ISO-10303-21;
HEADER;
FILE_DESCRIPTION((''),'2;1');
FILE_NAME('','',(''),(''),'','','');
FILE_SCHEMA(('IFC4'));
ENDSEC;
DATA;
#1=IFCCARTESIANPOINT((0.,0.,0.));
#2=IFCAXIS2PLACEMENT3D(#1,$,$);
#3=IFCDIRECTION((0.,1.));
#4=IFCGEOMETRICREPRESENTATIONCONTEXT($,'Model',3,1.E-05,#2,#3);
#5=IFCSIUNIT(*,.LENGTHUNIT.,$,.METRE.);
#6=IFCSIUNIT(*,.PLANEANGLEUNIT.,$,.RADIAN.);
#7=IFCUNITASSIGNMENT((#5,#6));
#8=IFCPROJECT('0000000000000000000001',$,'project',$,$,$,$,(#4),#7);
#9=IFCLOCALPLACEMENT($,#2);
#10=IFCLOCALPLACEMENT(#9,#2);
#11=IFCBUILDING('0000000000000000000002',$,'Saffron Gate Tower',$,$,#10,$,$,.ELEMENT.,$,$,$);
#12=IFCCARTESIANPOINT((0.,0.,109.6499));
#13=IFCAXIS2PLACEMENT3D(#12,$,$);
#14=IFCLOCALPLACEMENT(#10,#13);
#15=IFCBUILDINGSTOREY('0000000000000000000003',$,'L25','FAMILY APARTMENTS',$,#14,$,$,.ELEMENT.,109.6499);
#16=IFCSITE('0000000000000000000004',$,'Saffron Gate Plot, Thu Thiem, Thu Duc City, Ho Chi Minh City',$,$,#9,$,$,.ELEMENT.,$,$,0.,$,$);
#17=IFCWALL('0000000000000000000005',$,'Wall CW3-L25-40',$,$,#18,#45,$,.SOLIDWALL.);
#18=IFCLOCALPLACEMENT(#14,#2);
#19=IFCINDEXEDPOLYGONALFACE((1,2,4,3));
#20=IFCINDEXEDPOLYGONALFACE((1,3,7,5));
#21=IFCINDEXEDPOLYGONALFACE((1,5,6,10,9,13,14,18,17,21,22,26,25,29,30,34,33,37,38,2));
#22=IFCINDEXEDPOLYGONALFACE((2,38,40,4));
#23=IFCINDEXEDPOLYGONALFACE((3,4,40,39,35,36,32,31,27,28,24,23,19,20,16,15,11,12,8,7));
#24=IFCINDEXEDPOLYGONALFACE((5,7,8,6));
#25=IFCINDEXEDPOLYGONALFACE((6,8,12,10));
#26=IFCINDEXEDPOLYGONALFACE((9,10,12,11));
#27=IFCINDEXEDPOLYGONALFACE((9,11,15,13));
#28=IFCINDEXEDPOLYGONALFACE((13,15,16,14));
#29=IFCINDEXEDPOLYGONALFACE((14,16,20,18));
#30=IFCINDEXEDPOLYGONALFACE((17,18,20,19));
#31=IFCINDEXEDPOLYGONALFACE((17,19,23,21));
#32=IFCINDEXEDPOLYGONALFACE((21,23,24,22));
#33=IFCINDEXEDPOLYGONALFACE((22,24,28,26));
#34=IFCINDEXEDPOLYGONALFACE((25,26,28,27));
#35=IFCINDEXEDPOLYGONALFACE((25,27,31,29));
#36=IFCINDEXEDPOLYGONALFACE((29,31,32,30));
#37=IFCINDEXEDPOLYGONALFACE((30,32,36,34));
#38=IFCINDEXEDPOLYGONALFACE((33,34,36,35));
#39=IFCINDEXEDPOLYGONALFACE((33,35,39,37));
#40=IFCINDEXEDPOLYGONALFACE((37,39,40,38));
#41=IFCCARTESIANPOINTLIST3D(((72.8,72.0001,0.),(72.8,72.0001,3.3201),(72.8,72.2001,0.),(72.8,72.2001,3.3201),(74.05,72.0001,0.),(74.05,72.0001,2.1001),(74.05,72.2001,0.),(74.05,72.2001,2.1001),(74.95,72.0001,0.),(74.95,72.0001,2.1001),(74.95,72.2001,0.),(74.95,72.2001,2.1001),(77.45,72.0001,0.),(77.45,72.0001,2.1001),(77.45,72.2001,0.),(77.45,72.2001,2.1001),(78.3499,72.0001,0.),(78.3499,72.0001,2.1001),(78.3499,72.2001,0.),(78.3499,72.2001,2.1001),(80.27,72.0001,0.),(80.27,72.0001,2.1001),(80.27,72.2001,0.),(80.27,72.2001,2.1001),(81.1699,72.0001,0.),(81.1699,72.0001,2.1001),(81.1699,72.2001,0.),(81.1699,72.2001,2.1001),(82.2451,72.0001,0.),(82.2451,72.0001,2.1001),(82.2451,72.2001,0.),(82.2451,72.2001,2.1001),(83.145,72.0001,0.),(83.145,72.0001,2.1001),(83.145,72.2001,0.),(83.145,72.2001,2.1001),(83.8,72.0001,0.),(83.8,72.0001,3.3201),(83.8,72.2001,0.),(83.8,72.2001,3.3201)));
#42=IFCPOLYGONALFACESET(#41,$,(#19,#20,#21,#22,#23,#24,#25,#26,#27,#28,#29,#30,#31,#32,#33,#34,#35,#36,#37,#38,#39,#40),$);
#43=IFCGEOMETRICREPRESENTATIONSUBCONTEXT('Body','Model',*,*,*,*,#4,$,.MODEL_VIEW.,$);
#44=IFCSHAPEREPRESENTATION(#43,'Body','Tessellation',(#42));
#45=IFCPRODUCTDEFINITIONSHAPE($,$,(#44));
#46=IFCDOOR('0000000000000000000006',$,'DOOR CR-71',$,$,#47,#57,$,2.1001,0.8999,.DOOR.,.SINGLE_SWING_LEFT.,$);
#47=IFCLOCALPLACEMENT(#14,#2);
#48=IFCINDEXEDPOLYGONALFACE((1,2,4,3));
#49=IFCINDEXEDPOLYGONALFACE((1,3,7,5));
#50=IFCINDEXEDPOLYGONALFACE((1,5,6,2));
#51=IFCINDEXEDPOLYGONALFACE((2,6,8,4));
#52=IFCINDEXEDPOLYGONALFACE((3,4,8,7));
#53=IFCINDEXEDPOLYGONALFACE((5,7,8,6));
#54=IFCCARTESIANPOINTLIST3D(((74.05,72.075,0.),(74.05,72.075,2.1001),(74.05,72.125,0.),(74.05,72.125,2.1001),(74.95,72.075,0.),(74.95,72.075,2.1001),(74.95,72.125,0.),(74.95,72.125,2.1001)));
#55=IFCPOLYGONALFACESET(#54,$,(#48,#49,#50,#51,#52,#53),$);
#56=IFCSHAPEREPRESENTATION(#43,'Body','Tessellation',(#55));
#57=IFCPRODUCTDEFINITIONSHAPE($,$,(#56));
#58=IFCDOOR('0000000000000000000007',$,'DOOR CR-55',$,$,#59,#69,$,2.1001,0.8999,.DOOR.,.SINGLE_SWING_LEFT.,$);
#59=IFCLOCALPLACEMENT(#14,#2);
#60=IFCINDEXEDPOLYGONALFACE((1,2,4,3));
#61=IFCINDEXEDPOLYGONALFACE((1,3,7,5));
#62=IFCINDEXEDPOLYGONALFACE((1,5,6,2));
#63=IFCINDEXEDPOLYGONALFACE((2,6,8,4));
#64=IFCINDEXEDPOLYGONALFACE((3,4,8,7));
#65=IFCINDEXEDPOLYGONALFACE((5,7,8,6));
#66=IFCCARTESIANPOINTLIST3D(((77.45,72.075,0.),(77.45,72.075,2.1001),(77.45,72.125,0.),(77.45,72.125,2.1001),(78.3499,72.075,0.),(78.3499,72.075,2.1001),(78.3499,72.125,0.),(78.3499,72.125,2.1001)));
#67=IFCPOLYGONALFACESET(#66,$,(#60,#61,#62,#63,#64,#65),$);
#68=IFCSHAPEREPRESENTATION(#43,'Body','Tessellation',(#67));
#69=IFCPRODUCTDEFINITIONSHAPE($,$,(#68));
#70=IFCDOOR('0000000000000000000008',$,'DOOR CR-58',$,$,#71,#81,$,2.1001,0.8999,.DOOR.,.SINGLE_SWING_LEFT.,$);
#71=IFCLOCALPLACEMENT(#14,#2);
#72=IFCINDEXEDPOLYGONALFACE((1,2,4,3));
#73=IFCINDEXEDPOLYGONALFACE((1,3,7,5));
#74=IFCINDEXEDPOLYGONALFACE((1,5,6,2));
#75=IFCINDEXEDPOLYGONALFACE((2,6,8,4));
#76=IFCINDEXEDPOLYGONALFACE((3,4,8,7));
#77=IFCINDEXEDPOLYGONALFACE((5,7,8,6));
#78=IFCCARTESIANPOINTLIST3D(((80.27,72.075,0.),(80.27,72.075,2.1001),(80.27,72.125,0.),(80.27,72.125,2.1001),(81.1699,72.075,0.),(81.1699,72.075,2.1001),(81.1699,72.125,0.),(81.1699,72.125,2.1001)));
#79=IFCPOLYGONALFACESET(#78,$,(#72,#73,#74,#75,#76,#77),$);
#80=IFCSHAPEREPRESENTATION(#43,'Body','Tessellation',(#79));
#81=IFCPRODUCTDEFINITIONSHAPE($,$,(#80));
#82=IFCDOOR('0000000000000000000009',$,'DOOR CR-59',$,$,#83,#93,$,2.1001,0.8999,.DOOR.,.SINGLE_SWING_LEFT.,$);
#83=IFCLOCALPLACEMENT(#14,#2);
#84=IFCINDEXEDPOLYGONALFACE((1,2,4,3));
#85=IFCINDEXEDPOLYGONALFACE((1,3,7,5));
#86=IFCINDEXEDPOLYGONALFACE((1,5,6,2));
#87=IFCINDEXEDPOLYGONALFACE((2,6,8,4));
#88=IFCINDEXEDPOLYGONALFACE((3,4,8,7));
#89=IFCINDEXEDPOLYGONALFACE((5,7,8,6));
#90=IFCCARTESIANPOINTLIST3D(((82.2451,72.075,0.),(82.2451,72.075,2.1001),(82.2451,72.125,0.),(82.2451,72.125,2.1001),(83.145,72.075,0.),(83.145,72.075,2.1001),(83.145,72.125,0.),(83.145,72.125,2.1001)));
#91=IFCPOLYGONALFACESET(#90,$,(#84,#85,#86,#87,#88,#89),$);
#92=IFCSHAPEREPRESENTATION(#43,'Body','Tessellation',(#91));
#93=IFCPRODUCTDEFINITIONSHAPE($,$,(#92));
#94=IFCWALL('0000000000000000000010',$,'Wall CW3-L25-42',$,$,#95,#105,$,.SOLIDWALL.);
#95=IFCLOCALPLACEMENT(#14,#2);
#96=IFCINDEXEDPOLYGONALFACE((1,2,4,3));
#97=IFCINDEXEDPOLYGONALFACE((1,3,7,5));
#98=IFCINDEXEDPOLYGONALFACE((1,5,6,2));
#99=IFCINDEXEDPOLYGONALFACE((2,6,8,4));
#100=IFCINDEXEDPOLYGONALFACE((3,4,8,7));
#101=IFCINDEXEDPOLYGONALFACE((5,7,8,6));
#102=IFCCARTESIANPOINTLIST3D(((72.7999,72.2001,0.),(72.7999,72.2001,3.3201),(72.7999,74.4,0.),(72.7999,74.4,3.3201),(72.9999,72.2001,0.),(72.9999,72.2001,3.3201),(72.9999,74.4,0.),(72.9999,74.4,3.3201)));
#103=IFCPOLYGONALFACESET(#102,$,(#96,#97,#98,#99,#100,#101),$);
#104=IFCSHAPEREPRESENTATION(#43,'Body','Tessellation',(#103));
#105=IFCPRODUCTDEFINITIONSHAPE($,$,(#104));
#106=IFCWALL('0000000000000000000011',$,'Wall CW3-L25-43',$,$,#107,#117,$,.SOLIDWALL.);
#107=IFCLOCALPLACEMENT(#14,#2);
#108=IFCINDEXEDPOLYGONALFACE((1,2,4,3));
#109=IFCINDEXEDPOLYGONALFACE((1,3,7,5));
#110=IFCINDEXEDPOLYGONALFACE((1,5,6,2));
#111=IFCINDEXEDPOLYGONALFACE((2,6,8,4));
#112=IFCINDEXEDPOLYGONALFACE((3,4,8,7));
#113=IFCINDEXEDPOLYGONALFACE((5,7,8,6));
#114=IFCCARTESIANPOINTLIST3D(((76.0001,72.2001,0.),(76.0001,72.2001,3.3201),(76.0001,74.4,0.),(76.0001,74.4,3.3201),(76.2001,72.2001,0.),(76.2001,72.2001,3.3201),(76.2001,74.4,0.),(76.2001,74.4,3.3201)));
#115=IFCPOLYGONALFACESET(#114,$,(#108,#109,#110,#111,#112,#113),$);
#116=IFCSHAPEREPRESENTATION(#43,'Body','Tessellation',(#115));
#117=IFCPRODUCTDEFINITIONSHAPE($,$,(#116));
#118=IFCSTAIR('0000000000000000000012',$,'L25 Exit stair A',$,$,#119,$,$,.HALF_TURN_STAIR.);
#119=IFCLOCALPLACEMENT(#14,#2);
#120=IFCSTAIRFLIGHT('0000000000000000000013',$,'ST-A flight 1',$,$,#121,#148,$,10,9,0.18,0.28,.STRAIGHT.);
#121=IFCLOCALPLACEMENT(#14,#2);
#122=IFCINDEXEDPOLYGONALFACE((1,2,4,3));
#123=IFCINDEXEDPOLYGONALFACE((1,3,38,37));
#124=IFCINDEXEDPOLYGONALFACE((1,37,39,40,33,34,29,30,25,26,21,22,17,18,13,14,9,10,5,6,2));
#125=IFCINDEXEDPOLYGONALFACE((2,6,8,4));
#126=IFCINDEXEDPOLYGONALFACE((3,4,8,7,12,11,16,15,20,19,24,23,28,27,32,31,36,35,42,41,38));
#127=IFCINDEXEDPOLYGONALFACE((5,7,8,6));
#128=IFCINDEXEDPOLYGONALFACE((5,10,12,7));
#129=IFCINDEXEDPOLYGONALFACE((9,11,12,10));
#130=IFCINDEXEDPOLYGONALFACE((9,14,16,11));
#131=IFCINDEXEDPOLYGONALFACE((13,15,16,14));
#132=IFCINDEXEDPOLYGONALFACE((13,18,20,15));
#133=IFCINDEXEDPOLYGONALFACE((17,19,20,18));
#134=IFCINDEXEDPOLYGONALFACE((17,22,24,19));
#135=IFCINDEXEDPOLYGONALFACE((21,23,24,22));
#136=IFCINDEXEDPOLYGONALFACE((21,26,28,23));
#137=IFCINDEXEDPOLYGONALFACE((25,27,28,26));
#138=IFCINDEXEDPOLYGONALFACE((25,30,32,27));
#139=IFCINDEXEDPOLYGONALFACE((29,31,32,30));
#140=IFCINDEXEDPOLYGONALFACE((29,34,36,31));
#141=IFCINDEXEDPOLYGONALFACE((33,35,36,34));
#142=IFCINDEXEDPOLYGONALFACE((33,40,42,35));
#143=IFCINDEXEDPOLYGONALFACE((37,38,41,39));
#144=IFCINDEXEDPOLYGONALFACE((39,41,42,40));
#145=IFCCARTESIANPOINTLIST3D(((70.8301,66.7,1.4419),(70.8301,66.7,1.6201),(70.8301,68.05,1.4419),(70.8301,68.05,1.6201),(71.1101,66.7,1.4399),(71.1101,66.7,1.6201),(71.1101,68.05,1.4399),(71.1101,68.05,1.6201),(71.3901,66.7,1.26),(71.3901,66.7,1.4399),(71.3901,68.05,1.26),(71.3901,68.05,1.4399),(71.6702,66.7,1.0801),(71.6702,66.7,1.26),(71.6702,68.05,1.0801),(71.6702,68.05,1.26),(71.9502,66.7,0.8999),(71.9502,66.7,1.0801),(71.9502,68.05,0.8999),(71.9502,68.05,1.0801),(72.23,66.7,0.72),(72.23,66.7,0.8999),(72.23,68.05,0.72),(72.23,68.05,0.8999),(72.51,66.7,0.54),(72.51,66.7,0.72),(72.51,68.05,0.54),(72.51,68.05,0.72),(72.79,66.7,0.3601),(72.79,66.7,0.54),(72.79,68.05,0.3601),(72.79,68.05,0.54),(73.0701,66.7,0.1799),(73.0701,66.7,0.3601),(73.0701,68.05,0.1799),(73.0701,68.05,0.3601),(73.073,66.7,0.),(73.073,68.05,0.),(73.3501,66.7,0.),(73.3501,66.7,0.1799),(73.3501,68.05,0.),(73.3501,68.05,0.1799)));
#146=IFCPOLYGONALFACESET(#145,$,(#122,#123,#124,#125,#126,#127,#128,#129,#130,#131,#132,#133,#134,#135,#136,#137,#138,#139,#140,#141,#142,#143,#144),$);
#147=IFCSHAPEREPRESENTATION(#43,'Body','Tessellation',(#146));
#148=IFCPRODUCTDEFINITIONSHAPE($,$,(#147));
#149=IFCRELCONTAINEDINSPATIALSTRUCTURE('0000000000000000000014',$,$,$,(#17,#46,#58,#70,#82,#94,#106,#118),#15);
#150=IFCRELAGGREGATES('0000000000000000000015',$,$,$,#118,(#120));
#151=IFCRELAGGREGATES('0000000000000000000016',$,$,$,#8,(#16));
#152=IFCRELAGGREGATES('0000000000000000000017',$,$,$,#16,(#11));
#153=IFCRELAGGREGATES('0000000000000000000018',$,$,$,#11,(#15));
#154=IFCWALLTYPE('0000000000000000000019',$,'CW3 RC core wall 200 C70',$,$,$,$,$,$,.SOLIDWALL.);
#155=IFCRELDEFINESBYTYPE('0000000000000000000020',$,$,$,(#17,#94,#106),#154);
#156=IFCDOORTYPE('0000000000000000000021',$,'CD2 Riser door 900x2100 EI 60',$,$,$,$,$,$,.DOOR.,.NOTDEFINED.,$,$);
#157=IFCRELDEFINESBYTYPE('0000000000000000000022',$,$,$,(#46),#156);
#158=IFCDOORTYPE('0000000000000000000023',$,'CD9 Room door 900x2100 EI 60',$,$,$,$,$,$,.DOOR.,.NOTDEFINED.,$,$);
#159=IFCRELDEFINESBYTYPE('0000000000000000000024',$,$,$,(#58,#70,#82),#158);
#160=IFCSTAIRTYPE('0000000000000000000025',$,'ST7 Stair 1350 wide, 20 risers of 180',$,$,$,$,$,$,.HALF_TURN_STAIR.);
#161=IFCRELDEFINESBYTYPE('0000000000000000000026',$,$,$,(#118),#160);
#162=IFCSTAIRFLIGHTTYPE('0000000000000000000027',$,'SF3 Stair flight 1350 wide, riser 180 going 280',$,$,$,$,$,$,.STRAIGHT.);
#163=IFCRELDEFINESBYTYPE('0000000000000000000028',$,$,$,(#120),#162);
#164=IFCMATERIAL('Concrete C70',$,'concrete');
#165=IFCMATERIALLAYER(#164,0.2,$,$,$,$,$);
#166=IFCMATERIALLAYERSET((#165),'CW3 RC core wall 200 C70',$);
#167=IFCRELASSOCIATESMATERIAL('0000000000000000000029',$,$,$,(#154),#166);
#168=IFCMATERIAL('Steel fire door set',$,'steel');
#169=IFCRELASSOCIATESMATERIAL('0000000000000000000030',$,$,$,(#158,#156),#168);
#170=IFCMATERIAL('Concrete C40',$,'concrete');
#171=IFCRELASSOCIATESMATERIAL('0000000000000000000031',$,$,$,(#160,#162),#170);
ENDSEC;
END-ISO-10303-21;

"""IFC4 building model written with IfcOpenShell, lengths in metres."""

from ifc_helpers import new_model, si_unit, direction, frame, frame_2d, origin, place, context, subcontext, project, spatial, polyline, rectangle, outline, extrude, material, layer, layer_set, type_object, element, fill, aggregate, save


model = new_model("IFC4")

# Units and contexts
model_context = context("Model", 3, precision=1e-05, world=origin(), true_north=direction((0.0, 1.0)))
body_context = subcontext(model_context, "Body", "Model", "MODEL_VIEW")
ifc_project = project(units=[si_unit("LENGTHUNIT", "METRE"), si_unit("PLANEANGLEUNIT", "RADIAN")], contexts=[model_context])

# Site, building, storey
site_placement = place(None, origin())
site = spatial("IfcSite", under=ifc_project, at=site_placement, Name="Saffron Gate Plot, Thu Thiem, Thu Duc City, Ho Chi Minh City", CompositionType="ELEMENT", RefElevation=0.0)
building_placement = place(site_placement, origin())
building = spatial("IfcBuilding", under=site, at=building_placement, Name="Saffron Gate Tower", CompositionType="ELEMENT")
storey_placement = place(building_placement, frame((0.0, 0.0, 109.6499)))
storey = spatial("IfcBuildingStorey", under=building, at=storey_placement, Name="L25", Description="FAMILY APARTMENTS", CompositionType="ELEMENT", Elevation=109.6499)

# Shared definitions
ifc_material_1 = material(Name="Concrete C70", Category="concrete")

# Shared definitions
ifc_layer_1 = layer(ifc_material_1, 0.2)
ifc_layer_set_1 = layer_set([ifc_layer_1], Name="CW3 RC core wall 200 C70")
wall_type_1 = type_object("IfcWallType", Name="CW3 RC core wall 200 C70", PredefinedType="SOLIDWALL", material=ifc_layer_set_1)
ifc_material_2 = material(Name="Steel fire door set", Category="steel")
door_type_1 = type_object("IfcDoorType", Name="CD9 Room door 900x2100 EI 60", OperationType="NOTDEFINED", PredefinedType="DOOR", material=ifc_material_2)

# Wall, openings, doors
wall_1_placement = place(storey_placement, frame((72.8, 72.1001, 0.0), z_axis=(0.0, 0.0, 1.0), x_axis=(1.0, 0.0, 0.0)))
wall_1 = element("IfcWall", 1, at=wall_1_placement, inside=storey, type_object=wall_type_1, Name="Wall CW3-L25-40", PredefinedType="SOLIDWALL", context=body_context, shape_type="SweptSolid", body=[
    extrude(rectangle(XDim=11.0, YDim=0.2, at=frame_2d((5.5, 0.0))), origin(), (0.0, 0.0, 1.0), 3.3201),
])
opening_1_placement = place(wall_1_placement, frame((1.25, 0.0, 0.0)))
opening_1 = element("IfcOpeningElement", 2, at=opening_1_placement, cuts=wall_1, PredefinedType="OPENING", context=body_context, shape_type="SweptSolid", body=[
    extrude(rectangle(XDim=0.8999, YDim=2.1001, at=frame_2d((0.45, 1.05))), frame((0.0, 0.1099, 0.0), z_axis=(0.0, -1.0, 0.0), x_axis=(1.0, 0.0, 0.0)), (0.0, 0.0, 1.0), 0.22),
])
opening_2_placement = place(wall_1_placement, frame((4.6499, 0.0, 0.0)))
opening_2 = element("IfcOpeningElement", 3, at=opening_2_placement, cuts=wall_1, PredefinedType="OPENING", context=body_context, shape_type="SweptSolid", body=[
    extrude(rectangle(XDim=0.8999, YDim=2.1001, at=frame_2d((0.45, 1.05))), frame((0.0, 0.1099, 0.0), z_axis=(0.0, -1.0, 0.0), x_axis=(1.0, 0.0, 0.0)), (0.0, 0.0, 1.0), 0.22),
])
opening_3_placement = place(wall_1_placement, frame((7.47, 0.0, 0.0)))
opening_3 = element("IfcOpeningElement", 4, at=opening_3_placement, cuts=wall_1, PredefinedType="OPENING", context=body_context, shape_type="SweptSolid", body=[
    extrude(rectangle(XDim=0.8999, YDim=2.1001, at=frame_2d((0.45, 1.05))), frame((0.0, 0.1099, 0.0), z_axis=(0.0, -1.0, 0.0), x_axis=(1.0, 0.0, 0.0)), (0.0, 0.0, 1.0), 0.22),
])
opening_4_placement = place(wall_1_placement, frame((9.4451, 0.0, 0.0)))
opening_4 = element("IfcOpeningElement", 5, at=opening_4_placement, cuts=wall_1, PredefinedType="OPENING", context=body_context, shape_type="SweptSolid", body=[
    extrude(rectangle(XDim=0.8999, YDim=2.1001, at=frame_2d((0.45, 1.05))), frame((0.0, 0.1099, 0.0), z_axis=(0.0, -1.0, 0.0), x_axis=(1.0, 0.0, 0.0)), (0.0, 0.0, 1.0), 0.22),
])
door_type_2 = type_object("IfcDoorType", Name="CD2 Riser door 900x2100 EI 60", OperationType="NOTDEFINED", PredefinedType="DOOR", material=ifc_material_2)
door_1_placement = place(opening_1_placement, origin())
door_1 = element("IfcDoor", 6, at=door_1_placement, inside=storey, type_object=door_type_2, Name="DOOR CR-71", OperationType="SINGLE_SWING_LEFT", OverallHeight=2.1001, OverallWidth=0.8999, PredefinedType="DOOR", context=body_context, shape_type="SweptSolid", body=[
    extrude(rectangle(XDim=0.8999, YDim=2.1001, at=frame_2d((0.45, 1.05))), frame((0.0, 0.0249, 0.0), z_axis=(0.0, -1.0, 0.0), x_axis=(1.0, 0.0, 0.0)), (0.0, 0.0, 1.0), 0.05),
])
fill(opening_1, door_1)
door_2_placement = place(opening_2_placement, origin())
door_2 = element("IfcDoor", 7, at=door_2_placement, inside=storey, type_object=door_type_1, Name="DOOR CR-55", OperationType="SINGLE_SWING_LEFT", OverallHeight=2.1001, OverallWidth=0.8999, PredefinedType="DOOR", context=body_context, shape_type="SweptSolid", body=[
    extrude(rectangle(XDim=0.8999, YDim=2.1001, at=frame_2d((0.45, 1.05))), frame((0.0, 0.0249, 0.0), z_axis=(0.0, -1.0, 0.0), x_axis=(1.0, 0.0, 0.0)), (0.0, 0.0, 1.0), 0.05),
])
fill(opening_2, door_2)
door_3_placement = place(opening_3_placement, origin())
door_3 = element("IfcDoor", 8, at=door_3_placement, inside=storey, type_object=door_type_1, Name="DOOR CR-58", OperationType="SINGLE_SWING_LEFT", OverallHeight=2.1001, OverallWidth=0.8999, PredefinedType="DOOR", context=body_context, shape_type="SweptSolid", body=[
    extrude(rectangle(XDim=0.8999, YDim=2.1001, at=frame_2d((0.45, 1.05))), frame((0.0, 0.0249, 0.0), z_axis=(0.0, -1.0, 0.0), x_axis=(1.0, 0.0, 0.0)), (0.0, 0.0, 1.0), 0.05),
])
fill(opening_3, door_3)
door_4_placement = place(opening_4_placement, origin())
door_4 = element("IfcDoor", 9, at=door_4_placement, inside=storey, type_object=door_type_1, Name="DOOR CR-59", OperationType="SINGLE_SWING_LEFT", OverallHeight=2.1001, OverallWidth=0.8999, PredefinedType="DOOR", context=body_context, shape_type="SweptSolid", body=[
    extrude(rectangle(XDim=0.8999, YDim=2.1001, at=frame_2d((0.45, 1.05))), frame((0.0, 0.0249, 0.0), z_axis=(0.0, -1.0, 0.0), x_axis=(1.0, 0.0, 0.0)), (0.0, 0.0, 1.0), 0.05),
])
fill(opening_4, door_4)

# Walls
for number, where, z_axis, x_axis, name in (
    (10, (72.8999, 72.2, 0.0), (0.0, 0.0, 1.0), (0.0, 1.0, 0.0), "Wall CW3-L25-42"),
    (11, (76.1001, 72.2, 0.0), (0.0, 0.0, 1.0), (0.0, 1.0, 0.0), "Wall CW3-L25-43"),
):
    element("IfcWall", number, at=place(storey_placement, frame(where, z_axis=z_axis, x_axis=x_axis)), inside=storey, type_object=wall_type_1, Name=name, PredefinedType="SOLIDWALL", context=body_context, shape_type="SweptSolid", body=[
        extrude(rectangle(XDim=2.2, YDim=0.2, at=frame_2d((1.1001, 0.0))), origin(), (0.0, 0.0, 1.0), 3.3201),
    ])

# Stair, stair flight
ifc_material_3 = material(Name="Concrete C40", Category="concrete")
stair_type = type_object("IfcStairType", Name="ST7 Stair 1350 wide, 20 risers of 180", PredefinedType="HALF_TURN_STAIR", material=ifc_material_3)
stair_placement = place(storey_placement, origin())
stair = element("IfcStair", 12, at=stair_placement, inside=storey, type_object=stair_type, Name="L25 Exit stair A", PredefinedType="HALF_TURN_STAIR")
stair_flight_type = type_object("IfcStairFlightType", Name="SF3 Stair flight 1350 wide, riser 180 going 280", PredefinedType="STRAIGHT", material=ifc_material_3)
stair_flight_1_placement = place(storey_placement, frame((73.3501, 67.375, 0.0), z_axis=(0.0, 0.0, 1.0), x_axis=(-1.0, 0.0, 0.0)))
stair_flight_1 = element("IfcStairFlight", 13, at=stair_flight_1_placement, type_object=stair_flight_type, Name="ST-A flight 1", NumberOfRisers=10, NumberOfTreads=9, PredefinedType="STRAIGHT", RiserHeight=0.18, TreadLength=0.28, context=body_context, shape_type="SweptSolid", body=[
    extrude(outline(polyline([(0.0, 0.0), (0.0, 0.1799), (0.28, 0.1799), (0.28, 0.3601), (0.5601, 0.3601), (0.5601, 0.54), (0.8401, 0.54), (0.8401, 0.72), (1.1201, 0.72), (1.1201, 0.8999), (1.3999, 0.8999), (1.3999, 1.0801), (1.6799, 1.0801), (1.6799, 1.26), (1.96, 1.26), (1.96, 1.4399), (2.24, 1.4399), (2.24, 1.6201), (2.52, 1.6201), (2.52, 1.8), (2.52, 1.4419), (0.2771, 0.0), (0.0, 0.0)])), frame((0.0, 0.675, 0.0), z_axis=(0.0, -1.0, 0.0), x_axis=(1.0, 0.0, 0.0)), (0.0, 0.0, 1.0), 1.3501),
])
aggregate(stair, [stair_flight_1])

save(model, "model.ifc")
